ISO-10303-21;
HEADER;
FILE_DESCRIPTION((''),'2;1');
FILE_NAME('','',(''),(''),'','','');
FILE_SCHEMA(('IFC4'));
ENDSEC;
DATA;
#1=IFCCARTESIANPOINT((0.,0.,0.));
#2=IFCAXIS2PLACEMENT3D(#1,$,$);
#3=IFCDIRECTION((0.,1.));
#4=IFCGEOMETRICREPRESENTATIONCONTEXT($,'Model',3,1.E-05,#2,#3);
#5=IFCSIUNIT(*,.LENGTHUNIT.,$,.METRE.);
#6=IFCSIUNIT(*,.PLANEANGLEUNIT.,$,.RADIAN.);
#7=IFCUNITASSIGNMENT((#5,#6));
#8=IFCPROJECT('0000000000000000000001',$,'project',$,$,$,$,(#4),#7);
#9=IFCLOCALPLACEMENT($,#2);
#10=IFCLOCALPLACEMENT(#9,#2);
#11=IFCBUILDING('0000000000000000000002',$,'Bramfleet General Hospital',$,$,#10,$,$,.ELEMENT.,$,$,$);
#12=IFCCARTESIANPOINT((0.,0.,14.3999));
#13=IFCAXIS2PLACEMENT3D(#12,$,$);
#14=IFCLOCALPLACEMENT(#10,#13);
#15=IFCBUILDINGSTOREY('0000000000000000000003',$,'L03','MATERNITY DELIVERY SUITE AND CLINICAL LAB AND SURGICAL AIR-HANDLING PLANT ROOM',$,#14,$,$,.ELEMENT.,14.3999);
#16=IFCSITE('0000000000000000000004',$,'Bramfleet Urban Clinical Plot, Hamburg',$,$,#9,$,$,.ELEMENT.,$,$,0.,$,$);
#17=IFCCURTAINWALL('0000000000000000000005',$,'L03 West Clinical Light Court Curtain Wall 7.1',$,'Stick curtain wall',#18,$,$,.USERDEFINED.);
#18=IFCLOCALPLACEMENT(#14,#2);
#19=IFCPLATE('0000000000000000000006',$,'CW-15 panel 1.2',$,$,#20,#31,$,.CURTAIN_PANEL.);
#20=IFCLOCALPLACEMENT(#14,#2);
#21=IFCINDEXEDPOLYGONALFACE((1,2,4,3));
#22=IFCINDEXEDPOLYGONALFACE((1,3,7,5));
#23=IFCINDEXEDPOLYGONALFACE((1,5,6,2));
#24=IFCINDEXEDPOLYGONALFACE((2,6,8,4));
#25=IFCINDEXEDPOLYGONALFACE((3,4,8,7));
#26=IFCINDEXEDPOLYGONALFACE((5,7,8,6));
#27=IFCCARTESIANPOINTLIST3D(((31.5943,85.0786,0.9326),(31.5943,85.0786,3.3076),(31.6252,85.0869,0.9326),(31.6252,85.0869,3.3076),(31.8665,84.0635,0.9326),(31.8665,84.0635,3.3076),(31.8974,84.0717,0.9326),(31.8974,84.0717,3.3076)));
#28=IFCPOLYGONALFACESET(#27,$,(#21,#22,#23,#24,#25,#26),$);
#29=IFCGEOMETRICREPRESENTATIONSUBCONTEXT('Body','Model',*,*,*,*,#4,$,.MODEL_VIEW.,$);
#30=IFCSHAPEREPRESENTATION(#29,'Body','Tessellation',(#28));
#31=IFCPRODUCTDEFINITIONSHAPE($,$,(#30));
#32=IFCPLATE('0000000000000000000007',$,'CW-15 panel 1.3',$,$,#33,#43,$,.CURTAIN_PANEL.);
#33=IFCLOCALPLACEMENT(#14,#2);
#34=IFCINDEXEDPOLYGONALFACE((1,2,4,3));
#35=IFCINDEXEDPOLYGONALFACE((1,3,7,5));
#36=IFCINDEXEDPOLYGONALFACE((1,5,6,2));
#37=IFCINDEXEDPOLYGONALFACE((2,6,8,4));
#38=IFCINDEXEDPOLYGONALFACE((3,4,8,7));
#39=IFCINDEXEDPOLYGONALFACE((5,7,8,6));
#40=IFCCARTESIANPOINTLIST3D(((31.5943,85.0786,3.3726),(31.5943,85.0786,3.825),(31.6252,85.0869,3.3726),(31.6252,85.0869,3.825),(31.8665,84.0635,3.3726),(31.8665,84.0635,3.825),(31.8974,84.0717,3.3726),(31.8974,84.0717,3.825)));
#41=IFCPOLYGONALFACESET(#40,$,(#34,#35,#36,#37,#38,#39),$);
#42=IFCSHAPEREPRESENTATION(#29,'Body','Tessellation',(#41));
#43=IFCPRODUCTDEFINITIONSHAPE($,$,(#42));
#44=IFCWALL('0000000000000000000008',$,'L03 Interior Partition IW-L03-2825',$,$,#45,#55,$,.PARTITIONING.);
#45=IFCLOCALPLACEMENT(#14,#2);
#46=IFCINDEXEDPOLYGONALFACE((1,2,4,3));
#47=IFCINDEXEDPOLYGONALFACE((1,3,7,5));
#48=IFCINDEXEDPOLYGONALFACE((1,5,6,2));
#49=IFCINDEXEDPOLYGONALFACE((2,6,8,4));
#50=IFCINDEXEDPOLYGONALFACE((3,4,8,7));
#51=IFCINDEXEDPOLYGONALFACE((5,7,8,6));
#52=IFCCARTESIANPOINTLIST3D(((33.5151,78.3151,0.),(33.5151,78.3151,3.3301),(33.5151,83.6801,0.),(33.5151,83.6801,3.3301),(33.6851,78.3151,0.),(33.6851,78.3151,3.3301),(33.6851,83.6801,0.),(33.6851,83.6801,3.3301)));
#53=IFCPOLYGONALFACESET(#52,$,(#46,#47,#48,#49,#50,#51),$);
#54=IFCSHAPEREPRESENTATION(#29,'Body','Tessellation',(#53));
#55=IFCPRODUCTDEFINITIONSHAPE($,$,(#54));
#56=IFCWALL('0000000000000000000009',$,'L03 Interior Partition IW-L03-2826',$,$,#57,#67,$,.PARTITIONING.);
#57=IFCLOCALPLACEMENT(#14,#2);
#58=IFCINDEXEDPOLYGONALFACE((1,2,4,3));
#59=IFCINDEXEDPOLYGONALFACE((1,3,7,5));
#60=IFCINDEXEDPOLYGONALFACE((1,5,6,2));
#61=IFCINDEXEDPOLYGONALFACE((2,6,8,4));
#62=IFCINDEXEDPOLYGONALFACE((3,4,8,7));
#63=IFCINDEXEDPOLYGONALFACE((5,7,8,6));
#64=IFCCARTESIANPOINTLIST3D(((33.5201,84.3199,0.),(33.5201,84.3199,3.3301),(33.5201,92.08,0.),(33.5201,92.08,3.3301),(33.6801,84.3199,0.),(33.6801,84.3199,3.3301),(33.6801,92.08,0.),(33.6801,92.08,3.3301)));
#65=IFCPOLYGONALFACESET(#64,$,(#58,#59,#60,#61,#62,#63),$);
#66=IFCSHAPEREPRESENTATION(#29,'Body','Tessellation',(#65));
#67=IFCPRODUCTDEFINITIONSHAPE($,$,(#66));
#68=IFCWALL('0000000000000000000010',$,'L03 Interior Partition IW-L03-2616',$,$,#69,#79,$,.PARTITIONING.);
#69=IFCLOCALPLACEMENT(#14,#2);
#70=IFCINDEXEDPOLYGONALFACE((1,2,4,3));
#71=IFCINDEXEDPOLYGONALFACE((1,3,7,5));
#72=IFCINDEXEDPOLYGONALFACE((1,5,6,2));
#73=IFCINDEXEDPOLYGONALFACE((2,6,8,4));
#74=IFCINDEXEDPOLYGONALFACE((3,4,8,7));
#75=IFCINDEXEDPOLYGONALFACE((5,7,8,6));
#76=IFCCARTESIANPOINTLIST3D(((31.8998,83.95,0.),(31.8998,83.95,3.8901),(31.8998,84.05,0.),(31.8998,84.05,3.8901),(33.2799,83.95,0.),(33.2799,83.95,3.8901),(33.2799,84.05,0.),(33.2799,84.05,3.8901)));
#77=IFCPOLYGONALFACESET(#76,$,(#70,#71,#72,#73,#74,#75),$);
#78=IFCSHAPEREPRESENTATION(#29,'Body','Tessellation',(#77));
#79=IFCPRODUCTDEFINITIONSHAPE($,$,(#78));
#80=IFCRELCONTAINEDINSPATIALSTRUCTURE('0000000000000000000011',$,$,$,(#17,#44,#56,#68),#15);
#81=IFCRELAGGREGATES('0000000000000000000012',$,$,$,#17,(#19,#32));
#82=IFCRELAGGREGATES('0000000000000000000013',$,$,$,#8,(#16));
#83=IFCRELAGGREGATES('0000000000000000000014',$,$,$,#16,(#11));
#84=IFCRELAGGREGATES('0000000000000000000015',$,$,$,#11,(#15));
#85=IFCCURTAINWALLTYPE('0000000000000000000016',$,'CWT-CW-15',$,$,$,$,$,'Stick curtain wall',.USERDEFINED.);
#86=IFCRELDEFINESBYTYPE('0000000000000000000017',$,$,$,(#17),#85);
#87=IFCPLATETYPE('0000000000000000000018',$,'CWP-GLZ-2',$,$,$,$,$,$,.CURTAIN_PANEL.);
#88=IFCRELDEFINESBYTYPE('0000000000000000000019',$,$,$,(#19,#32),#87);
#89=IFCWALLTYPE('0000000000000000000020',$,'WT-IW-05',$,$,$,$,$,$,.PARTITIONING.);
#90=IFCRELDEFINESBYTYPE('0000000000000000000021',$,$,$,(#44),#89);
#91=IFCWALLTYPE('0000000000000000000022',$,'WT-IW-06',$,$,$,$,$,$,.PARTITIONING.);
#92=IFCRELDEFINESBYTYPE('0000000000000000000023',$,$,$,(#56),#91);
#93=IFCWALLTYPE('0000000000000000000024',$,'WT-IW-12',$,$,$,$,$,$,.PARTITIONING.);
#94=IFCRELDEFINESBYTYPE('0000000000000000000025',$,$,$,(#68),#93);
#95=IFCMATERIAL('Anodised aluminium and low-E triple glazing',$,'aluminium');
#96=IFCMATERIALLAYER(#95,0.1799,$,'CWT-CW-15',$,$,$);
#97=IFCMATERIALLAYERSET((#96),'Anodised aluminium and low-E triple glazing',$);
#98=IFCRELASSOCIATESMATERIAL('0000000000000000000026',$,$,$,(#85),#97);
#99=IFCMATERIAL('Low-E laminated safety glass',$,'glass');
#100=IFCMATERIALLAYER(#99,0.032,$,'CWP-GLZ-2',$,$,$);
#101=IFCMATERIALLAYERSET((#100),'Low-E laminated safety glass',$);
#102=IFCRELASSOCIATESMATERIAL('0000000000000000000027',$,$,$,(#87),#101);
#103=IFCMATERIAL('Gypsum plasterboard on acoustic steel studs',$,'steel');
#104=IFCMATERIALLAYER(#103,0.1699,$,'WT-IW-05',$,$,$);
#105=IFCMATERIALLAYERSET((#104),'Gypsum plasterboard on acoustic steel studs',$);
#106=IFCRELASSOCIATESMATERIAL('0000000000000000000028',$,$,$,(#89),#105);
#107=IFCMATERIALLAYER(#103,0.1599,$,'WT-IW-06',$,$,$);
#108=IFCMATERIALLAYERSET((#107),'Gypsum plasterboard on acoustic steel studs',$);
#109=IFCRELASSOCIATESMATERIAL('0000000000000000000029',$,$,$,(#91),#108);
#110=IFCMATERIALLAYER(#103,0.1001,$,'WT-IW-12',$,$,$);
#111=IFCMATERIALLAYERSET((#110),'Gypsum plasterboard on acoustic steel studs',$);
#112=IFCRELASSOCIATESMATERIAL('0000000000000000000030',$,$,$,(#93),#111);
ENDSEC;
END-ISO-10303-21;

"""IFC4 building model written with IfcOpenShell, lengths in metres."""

from ifc_helpers import new_model, si_unit, direction, frame, frame_2d, origin, origin_2d, place, context, subcontext, project, spatial, rectangle, extrude, material, layer, layer_set, type_object, element, aggregate, save


model = new_model("IFC4")

# Units and contexts
model_context = context("Model", 3, precision=1e-05, world=origin(), true_north=direction((0.0, 1.0)))
body_context = subcontext(model_context, "Body", "Model", "MODEL_VIEW")
ifc_project = project(units=[si_unit("LENGTHUNIT", "METRE"), si_unit("PLANEANGLEUNIT", "RADIAN")], contexts=[model_context])

# Site, building, storey
site_placement = place(None, origin())
site = spatial("IfcSite", under=ifc_project, at=site_placement, Name="Bramfleet Urban Clinical Plot, Hamburg", CompositionType="ELEMENT", RefElevation=0.0)
building_placement = place(site_placement, origin())
building = spatial("IfcBuilding", under=site, at=building_placement, Name="Bramfleet General Hospital", CompositionType="ELEMENT")
storey_placement = place(building_placement, frame((0.0, 0.0, 14.3999)))
storey = spatial("IfcBuildingStorey", under=building, at=storey_placement, Name="L03", Description="MATERNITY DELIVERY SUITE AND CLINICAL LAB AND SURGICAL AIR-HANDLING PLANT ROOM", CompositionType="ELEMENT", Elevation=14.3999)

# Shared definitions
ifc_material_1 = material(Name="Anodised aluminium and low-E triple glazing", Category="aluminium")

# Curtain wall, plates
ifc_layer_1 = layer(ifc_material_1, 0.1799, Name="CWT-CW-15")
ifc_layer_set_1 = layer_set([ifc_layer_1], Name="Anodised aluminium and low-E triple glazing")
curtain_wall_type_1 = type_object("IfcCurtainWallType", Name="CWT-CW-15", ElementType="Stick curtain wall", PredefinedType="USERDEFINED", material=ifc_layer_set_1)
curtain_wall_1_placement = place(storey_placement, origin())
curtain_wall_1 = element("IfcCurtainWall", 1, at=curtain_wall_1_placement, inside=storey, type_object=curtain_wall_type_1, Name="L03 West Clinical Light Court Curtain Wall 7.1", ObjectType="Stick curtain wall", PredefinedType="USERDEFINED")
ifc_material_2 = material(Name="Low-E laminated safety glass", Category="glass")
ifc_layer_2 = layer(ifc_material_2, 0.032, Name="CWP-GLZ-2")
ifc_layer_set_2 = layer_set([ifc_layer_2], Name="Low-E laminated safety glass")
plate_type = type_object("IfcPlateType", Name="CWP-GLZ-2", PredefinedType="CURTAIN_PANEL", material=ifc_layer_set_2)
plate_1_placement = place(storey_placement, frame((31.7458, 84.5752, 0.9326), z_axis=(0.0, 0.0, 1.0), x_axis=(-0.258919, 0.965899, 0.0)))
plate_1 = element("IfcPlate", 2, at=plate_1_placement, type_object=plate_type, Name="CW-15 panel 1.2", PredefinedType="CURTAIN_PANEL", context=body_context, shape_type="SweptSolid", body=[
    extrude(rectangle(XDim=1.051, YDim=0.032, at=origin_2d()), origin(), (0.0, 0.0, 1.0), 2.375),
])
plate_2_placement = place(storey_placement, frame((31.7458, 84.5752, 3.3726), z_axis=(0.0, 0.0, 1.0), x_axis=(-0.258919, 0.965899, 0.0)))
plate_2 = element("IfcPlate", 3, at=plate_2_placement, type_object=plate_type, Name="CW-15 panel 1.3", PredefinedType="CURTAIN_PANEL", context=body_context, shape_type="SweptSolid", body=[
    extrude(rectangle(XDim=1.051, YDim=0.032, at=origin_2d()), origin(), (0.0, 0.0, 1.0), 0.4524),
])
aggregate(curtain_wall_1, [plate_1, plate_2])

# Walls
ifc_material_3 = material(Name="Gypsum plasterboard on acoustic steel studs", Category="steel")
ifc_layer_3 = layer(ifc_material_3, 0.1699, Name="WT-IW-05")
ifc_layer_set_3 = layer_set([ifc_layer_3], Name="Gypsum plasterboard on acoustic steel studs")
wall_type_1 = type_object("IfcWallType", Name="WT-IW-05", PredefinedType="PARTITIONING", material=ifc_layer_set_3)
wall_1_placement = place(storey_placement, frame((33.6001, 78.3149, 0.0), z_axis=(0.0, 0.0, 1.0), x_axis=(0.0, 1.0, 0.0)))
element("IfcWall", 4, at=wall_1_placement, inside=storey, type_object=wall_type_1, Name="L03 Interior Partition IW-L03-2825", PredefinedType="PARTITIONING", context=body_context, shape_type="SweptSolid", body=[
    extrude(rectangle(XDim=5.365, YDim=0.1699, at=frame_2d((2.6826, 0.0))), origin(), (0.0, 0.0, 1.0), 3.3301),
])
ifc_layer_4 = layer(ifc_material_3, 0.1599, Name="WT-IW-06")
ifc_layer_set_4 = layer_set([ifc_layer_4], Name="Gypsum plasterboard on acoustic steel studs")
wall_type_2 = type_object("IfcWallType", Name="WT-IW-06", PredefinedType="PARTITIONING", material=ifc_layer_set_4)
wall_2_placement = place(storey_placement, frame((33.6001, 84.3201, 0.0), z_axis=(0.0, 0.0, 1.0), x_axis=(0.0, 1.0, 0.0)))
element("IfcWall", 5, at=wall_2_placement, inside=storey, type_object=wall_type_2, Name="L03 Interior Partition IW-L03-2826", PredefinedType="PARTITIONING", context=body_context, shape_type="SweptSolid", body=[
    extrude(rectangle(XDim=7.76, YDim=0.1599, at=frame_2d((3.8799, 0.0))), origin(), (0.0, 0.0, 1.0), 3.3301),
])
ifc_layer_5 = layer(ifc_material_3, 0.1001, Name="WT-IW-12")
ifc_layer_set_5 = layer_set([ifc_layer_5], Name="Gypsum plasterboard on acoustic steel studs")
wall_type_3 = type_object("IfcWallType", Name="WT-IW-12", PredefinedType="PARTITIONING", material=ifc_layer_set_5)
wall_3_placement = place(storey_placement, frame((31.8999, 84.0, 0.0), z_axis=(0.0, 0.0, 1.0), x_axis=(1.0, 0.0, 0.0)))
element("IfcWall", 6, at=wall_3_placement, inside=storey, type_object=wall_type_3, Name="L03 Interior Partition IW-L03-2616", PredefinedType="PARTITIONING", context=body_context, shape_type="SweptSolid", body=[
    extrude(rectangle(XDim=1.3801, YDim=0.1001, at=frame_2d((0.6899, 0.0))), origin(), (0.0, 0.0, 1.0), 3.8901),
])

save(model, "model.ifc")
